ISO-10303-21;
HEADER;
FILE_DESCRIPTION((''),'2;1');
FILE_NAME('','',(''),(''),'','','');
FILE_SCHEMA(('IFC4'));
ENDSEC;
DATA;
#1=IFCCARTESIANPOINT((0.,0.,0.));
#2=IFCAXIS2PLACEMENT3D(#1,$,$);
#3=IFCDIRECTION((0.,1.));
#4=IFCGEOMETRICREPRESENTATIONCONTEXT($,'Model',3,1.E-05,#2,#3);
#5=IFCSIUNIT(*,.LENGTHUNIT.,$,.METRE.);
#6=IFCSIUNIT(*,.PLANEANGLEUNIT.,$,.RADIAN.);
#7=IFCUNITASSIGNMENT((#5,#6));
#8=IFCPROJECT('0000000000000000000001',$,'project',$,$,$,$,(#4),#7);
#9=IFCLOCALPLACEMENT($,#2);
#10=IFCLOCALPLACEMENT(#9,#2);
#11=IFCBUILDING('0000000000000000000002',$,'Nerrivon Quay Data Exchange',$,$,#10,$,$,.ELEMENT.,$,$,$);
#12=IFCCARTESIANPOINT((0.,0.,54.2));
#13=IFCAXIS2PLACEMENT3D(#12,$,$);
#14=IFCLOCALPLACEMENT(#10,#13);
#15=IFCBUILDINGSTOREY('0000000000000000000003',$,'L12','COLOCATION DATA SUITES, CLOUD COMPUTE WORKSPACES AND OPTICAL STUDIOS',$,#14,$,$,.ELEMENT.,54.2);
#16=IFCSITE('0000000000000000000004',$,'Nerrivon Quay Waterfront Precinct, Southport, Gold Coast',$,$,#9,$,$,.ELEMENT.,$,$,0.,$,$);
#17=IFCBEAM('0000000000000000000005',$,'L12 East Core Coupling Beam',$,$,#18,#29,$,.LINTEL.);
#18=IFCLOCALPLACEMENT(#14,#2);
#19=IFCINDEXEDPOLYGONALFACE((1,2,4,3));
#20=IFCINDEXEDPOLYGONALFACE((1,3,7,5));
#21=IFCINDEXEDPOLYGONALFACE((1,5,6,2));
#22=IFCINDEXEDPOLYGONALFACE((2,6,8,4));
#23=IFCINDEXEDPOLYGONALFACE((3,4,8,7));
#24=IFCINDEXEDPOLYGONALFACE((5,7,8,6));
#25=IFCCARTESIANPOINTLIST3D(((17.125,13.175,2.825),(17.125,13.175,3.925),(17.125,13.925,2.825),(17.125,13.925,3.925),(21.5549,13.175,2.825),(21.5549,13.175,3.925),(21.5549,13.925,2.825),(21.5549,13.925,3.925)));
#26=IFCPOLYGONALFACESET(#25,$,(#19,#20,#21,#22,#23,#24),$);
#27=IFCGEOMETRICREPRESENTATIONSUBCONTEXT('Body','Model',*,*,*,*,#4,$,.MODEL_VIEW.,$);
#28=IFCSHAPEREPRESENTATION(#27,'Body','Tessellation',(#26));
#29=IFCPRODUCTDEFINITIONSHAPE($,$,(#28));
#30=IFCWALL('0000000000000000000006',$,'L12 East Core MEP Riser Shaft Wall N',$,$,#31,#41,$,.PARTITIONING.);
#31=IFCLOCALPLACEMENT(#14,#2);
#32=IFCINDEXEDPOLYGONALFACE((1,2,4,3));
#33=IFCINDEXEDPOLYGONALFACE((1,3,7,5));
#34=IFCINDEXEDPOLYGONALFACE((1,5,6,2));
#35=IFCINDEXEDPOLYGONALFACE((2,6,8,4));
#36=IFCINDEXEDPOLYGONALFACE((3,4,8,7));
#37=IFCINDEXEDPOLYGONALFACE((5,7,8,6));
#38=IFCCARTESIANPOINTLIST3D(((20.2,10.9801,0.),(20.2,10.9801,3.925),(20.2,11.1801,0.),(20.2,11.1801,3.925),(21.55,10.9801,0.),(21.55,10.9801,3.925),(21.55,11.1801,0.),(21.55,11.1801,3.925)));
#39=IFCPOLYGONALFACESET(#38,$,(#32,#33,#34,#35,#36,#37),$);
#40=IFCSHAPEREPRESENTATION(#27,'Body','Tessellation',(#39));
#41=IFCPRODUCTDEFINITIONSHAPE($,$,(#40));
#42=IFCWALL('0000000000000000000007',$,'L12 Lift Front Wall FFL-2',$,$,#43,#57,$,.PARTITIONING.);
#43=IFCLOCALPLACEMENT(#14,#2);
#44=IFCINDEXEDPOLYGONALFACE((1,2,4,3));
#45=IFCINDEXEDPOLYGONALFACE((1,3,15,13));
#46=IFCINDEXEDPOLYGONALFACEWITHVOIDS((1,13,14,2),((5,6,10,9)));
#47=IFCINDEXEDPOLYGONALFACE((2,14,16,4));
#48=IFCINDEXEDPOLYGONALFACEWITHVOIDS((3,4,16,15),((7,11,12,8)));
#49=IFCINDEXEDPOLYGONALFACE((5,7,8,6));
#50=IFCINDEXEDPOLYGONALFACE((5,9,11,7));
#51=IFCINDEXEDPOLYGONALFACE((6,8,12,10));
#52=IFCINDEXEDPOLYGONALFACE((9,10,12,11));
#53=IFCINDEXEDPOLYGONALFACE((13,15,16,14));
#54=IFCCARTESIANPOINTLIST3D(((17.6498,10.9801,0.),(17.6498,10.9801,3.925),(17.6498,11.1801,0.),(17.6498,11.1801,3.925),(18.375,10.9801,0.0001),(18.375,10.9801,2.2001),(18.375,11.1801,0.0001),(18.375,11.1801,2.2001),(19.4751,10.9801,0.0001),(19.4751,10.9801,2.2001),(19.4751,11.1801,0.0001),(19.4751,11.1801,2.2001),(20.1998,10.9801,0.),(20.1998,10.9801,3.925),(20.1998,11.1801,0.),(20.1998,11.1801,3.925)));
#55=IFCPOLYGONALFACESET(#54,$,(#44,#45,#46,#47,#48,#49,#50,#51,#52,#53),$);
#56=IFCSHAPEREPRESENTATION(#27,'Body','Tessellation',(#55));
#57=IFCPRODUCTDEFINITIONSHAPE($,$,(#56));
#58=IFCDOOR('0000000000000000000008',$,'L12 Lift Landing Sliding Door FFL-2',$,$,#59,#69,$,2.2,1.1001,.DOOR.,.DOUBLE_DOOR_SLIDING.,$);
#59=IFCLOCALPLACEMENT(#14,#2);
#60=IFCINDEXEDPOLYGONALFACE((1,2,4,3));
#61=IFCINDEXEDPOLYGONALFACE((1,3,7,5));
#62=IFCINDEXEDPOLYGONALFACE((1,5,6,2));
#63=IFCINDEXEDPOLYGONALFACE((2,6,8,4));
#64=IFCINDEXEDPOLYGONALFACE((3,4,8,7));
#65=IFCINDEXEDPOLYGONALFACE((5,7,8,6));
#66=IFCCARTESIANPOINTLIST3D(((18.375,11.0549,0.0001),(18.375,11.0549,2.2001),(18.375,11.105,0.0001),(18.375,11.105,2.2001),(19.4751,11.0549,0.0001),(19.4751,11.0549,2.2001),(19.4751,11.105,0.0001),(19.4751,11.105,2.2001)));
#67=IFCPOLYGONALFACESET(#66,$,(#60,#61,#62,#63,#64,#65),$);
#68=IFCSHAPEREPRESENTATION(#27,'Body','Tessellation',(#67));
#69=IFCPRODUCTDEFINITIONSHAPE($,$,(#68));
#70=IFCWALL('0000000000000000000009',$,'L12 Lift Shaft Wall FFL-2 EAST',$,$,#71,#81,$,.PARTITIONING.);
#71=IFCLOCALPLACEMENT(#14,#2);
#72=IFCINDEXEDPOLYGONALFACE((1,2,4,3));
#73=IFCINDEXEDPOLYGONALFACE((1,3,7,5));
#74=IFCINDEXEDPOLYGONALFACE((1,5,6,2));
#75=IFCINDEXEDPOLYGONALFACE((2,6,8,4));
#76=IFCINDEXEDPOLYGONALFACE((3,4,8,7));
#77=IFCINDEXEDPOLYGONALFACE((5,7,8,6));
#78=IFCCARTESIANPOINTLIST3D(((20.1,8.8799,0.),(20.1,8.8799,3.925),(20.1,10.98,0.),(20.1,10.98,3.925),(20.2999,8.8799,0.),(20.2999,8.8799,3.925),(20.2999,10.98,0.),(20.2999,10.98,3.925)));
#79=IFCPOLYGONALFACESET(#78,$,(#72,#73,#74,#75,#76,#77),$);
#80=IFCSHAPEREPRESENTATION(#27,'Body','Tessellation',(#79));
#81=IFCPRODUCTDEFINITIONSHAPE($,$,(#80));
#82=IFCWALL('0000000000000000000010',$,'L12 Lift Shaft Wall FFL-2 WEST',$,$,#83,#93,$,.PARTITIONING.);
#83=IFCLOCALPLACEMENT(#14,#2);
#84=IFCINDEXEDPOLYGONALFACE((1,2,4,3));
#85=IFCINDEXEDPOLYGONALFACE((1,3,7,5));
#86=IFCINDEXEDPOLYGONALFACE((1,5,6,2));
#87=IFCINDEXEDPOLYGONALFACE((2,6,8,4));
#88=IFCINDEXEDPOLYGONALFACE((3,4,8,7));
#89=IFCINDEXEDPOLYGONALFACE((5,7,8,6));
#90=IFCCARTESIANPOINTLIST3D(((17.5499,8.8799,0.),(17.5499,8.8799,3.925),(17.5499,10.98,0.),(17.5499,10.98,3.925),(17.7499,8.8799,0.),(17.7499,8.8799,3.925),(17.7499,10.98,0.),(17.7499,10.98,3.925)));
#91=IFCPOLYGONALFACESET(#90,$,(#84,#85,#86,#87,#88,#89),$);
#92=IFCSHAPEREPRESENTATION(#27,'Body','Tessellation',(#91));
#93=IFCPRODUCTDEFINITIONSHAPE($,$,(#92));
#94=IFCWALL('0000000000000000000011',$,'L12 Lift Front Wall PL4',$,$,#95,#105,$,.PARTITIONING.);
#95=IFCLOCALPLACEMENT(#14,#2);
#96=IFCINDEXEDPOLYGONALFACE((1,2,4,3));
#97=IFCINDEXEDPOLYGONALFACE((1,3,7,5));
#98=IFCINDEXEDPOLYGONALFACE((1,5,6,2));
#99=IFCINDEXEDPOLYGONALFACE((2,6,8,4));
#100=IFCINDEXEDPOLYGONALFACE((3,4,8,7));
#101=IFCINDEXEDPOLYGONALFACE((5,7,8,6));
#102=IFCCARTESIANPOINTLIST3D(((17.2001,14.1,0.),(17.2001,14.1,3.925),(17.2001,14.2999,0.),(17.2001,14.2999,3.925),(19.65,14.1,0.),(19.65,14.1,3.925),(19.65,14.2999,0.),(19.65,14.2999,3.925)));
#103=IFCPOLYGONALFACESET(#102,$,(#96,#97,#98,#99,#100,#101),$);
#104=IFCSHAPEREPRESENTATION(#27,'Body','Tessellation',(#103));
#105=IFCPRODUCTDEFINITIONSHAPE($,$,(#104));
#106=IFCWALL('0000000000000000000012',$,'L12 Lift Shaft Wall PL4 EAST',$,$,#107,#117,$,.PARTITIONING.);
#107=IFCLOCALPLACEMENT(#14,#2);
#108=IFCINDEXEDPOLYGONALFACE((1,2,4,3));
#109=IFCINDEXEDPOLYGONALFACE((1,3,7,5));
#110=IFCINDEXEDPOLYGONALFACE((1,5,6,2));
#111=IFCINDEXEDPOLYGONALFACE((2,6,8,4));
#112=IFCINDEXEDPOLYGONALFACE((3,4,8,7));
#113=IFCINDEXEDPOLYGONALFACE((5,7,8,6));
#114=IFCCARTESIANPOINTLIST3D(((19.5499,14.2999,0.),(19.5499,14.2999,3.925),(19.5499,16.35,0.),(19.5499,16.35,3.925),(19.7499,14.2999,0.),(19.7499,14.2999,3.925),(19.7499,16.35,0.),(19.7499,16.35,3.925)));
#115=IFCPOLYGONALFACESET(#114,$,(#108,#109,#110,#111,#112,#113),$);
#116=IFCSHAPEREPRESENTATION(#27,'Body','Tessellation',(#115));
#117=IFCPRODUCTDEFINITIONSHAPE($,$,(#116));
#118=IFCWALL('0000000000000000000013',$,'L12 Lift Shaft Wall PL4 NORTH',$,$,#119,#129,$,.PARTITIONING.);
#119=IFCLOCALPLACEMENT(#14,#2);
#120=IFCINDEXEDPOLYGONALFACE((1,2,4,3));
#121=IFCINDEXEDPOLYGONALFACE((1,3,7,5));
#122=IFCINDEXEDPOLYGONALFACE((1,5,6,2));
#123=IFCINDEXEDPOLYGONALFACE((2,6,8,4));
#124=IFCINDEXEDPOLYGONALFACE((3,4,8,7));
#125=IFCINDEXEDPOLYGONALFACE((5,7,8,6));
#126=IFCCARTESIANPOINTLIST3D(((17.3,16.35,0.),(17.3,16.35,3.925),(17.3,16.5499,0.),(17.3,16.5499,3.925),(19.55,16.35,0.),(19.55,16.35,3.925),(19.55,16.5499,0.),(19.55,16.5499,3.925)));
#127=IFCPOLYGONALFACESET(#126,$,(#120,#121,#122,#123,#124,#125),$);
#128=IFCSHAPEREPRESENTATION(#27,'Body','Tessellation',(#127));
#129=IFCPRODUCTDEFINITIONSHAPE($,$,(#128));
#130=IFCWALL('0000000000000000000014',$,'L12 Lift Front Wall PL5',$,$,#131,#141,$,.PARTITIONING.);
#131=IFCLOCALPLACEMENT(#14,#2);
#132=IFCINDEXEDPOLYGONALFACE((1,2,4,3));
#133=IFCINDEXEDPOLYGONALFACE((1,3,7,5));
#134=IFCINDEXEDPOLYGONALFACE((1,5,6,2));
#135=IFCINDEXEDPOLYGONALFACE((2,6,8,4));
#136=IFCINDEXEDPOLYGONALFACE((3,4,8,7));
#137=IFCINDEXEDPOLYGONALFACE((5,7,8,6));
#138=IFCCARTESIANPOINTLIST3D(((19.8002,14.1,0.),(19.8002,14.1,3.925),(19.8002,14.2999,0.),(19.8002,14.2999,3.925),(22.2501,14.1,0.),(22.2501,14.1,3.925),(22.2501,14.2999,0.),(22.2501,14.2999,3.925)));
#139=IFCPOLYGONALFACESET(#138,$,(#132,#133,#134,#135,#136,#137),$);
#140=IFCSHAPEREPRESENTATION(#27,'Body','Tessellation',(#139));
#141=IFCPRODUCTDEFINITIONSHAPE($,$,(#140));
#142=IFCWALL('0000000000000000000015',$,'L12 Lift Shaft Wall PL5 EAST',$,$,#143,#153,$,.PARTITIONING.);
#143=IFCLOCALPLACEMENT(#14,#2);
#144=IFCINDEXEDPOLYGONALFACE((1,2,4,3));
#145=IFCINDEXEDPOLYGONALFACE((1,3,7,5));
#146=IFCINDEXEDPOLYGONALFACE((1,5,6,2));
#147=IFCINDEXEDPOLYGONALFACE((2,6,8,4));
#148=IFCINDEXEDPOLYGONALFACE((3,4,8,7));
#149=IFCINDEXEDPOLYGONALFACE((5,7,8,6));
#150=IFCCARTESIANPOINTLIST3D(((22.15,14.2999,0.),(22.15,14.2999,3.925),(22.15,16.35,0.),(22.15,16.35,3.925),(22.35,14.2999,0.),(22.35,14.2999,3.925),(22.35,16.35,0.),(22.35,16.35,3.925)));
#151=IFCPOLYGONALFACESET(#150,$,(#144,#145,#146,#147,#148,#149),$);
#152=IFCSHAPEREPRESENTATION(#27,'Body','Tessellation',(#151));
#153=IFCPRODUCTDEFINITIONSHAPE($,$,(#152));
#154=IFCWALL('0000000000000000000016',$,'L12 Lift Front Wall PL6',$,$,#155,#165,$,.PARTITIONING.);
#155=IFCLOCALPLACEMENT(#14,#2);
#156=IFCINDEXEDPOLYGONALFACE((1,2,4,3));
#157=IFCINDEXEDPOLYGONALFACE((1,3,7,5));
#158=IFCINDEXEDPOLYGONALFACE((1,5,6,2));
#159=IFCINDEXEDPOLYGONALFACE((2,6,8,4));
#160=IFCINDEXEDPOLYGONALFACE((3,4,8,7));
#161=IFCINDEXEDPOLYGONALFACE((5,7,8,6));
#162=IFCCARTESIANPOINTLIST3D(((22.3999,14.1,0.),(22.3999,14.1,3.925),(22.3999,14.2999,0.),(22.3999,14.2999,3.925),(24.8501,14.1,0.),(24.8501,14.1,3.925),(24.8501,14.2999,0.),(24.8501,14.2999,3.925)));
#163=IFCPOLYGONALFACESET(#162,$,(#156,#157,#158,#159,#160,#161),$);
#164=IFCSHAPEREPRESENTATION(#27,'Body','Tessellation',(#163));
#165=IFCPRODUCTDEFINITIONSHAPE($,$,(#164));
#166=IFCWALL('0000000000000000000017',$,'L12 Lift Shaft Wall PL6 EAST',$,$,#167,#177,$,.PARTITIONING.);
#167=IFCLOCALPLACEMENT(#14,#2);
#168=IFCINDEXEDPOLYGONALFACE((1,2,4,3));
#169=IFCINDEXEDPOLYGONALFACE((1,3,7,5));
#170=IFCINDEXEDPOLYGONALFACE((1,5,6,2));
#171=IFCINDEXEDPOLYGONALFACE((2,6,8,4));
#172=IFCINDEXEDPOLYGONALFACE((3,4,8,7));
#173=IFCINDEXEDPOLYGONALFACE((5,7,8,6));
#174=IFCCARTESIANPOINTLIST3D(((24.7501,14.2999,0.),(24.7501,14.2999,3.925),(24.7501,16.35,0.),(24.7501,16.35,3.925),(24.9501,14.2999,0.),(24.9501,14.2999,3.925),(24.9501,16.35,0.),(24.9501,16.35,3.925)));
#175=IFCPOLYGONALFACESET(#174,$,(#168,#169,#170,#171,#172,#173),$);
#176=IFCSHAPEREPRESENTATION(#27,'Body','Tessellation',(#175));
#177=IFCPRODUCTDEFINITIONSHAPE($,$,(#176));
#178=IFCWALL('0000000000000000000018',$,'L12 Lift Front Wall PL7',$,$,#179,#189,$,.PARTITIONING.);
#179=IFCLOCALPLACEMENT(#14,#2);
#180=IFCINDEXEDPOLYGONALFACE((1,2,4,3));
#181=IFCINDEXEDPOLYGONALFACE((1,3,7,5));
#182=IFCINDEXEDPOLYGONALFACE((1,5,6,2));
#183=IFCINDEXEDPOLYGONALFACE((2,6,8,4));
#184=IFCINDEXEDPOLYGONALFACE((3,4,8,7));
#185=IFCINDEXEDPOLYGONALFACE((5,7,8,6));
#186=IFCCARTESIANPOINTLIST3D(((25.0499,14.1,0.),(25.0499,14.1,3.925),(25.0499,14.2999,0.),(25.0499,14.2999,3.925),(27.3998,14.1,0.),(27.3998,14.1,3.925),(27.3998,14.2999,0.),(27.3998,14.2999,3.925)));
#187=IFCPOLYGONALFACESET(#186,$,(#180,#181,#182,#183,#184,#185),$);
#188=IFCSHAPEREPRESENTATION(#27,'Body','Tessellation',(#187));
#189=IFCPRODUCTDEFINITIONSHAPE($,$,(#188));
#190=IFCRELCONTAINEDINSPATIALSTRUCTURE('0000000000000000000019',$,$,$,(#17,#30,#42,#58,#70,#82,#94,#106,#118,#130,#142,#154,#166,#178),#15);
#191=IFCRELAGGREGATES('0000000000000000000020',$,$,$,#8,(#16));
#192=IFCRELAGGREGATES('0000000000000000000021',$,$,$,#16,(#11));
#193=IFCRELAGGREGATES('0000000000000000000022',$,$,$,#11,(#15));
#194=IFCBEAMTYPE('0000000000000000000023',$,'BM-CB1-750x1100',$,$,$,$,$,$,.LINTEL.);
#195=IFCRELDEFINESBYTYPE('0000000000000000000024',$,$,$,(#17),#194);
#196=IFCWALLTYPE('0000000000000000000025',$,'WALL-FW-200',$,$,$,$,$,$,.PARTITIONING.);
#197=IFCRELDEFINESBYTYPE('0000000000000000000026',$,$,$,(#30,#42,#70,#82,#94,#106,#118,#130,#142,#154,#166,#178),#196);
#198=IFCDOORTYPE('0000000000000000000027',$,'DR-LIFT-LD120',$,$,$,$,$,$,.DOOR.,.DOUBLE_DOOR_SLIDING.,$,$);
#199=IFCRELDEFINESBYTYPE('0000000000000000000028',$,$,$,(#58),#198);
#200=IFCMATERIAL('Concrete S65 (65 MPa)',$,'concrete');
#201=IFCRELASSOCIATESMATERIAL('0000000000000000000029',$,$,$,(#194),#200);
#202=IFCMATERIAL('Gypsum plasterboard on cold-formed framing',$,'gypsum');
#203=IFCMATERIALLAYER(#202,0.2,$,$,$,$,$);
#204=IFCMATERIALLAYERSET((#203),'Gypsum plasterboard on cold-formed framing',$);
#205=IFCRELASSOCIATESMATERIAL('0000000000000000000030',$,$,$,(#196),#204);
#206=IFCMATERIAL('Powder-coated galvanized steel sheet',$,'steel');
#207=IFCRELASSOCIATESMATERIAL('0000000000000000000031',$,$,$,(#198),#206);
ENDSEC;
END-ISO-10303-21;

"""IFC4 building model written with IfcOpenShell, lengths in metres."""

from ifc_helpers import new_model, si_unit, direction, frame, frame_2d, origin, origin_2d, place, context, subcontext, project, spatial, rectangle, extrude, material, layer, layer_set, material_profile, profile_set, type_object, element, fill, save


model = new_model("IFC4")

# Units and contexts
model_context = context("Model", 3, precision=1e-05, world=origin(), true_north=direction((0.0, 1.0)))
body_context = subcontext(model_context, "Body", "Model", "MODEL_VIEW")
ifc_project = project(units=[si_unit("LENGTHUNIT", "METRE"), si_unit("PLANEANGLEUNIT", "RADIAN")], contexts=[model_context])

# Site, building, storey
site_placement = place(None, origin())
site = spatial("IfcSite", under=ifc_project, at=site_placement, Name="Nerrivon Quay Waterfront Precinct, Southport, Gold Coast", CompositionType="ELEMENT", RefElevation=0.0)
building_placement = place(site_placement, origin())
building = spatial("IfcBuilding", under=site, at=building_placement, Name="Nerrivon Quay Data Exchange", CompositionType="ELEMENT")
storey_placement = place(building_placement, frame((0.0, 0.0, 54.2)))
storey = spatial("IfcBuildingStorey", under=building, at=storey_placement, Name="L12", Description="COLOCATION DATA SUITES, CLOUD COMPUTE WORKSPACES AND OPTICAL STUDIOS", CompositionType="ELEMENT", Elevation=54.2)

# Beam
ifc_material_1 = material(Name="Concrete S65 (65 MPa)", Category="concrete")
ifc_material_profile = material_profile(ifc_material_1, rectangle(XDim=0.75, YDim=1.1001, at=origin_2d()), Name="RC-CB-750x1100")
ifc_profile_set = profile_set([ifc_material_profile], Name="Concrete S65 (65 MPa)")
beam_type = type_object("IfcBeamType", Name="BM-CB1-750x1100", PredefinedType="LINTEL", material=ifc_profile_set)
beam_placement = place(storey_placement, frame((17.125, 13.55, 3.375), z_axis=(1.0, 0.0, 0.0), x_axis=(0.0, 1.0, 0.0)))
element("IfcBeam", 1, at=beam_placement, inside=storey, type_object=beam_type, Name="L12 East Core Coupling Beam", PredefinedType="LINTEL", context=body_context, shape_type="SweptSolid", body=[
    extrude(rectangle(XDim=0.75, YDim=1.1001, at=origin_2d()), origin(), (0.0, 0.0, 1.0), 4.4299),
])

# Shared definitions
ifc_material_2 = material(Name="Powder-coated galvanized steel sheet", Category="steel")

# Wall
ifc_material_3 = material(Name="Gypsum plasterboard on cold-formed framing", Category="gypsum")
ifc_layer_1 = layer(ifc_material_3, 0.2)
ifc_layer_set_1 = layer_set([ifc_layer_1], Name="Gypsum plasterboard on cold-formed framing")
wall_type_1 = type_object("IfcWallType", Name="WALL-FW-200", PredefinedType="PARTITIONING", material=ifc_layer_set_1)
wall_1_placement = place(storey_placement, frame((20.2, 11.0801, 0.0), z_axis=(0.0, 0.0, 1.0), x_axis=(1.0, 0.0, 0.0)))
element("IfcWall", 2, at=wall_1_placement, inside=storey, type_object=wall_type_1, Name="L12 East Core MEP Riser Shaft Wall N", PredefinedType="PARTITIONING", context=body_context, shape_type="SweptSolid", body=[
    extrude(rectangle(XDim=1.3501, YDim=0.2, at=frame_2d((0.675, 0.0))), origin(), (0.0, 0.0, 1.0), 3.925),
])

# Wall, opening, door
wall_2_placement = place(storey_placement, frame((17.6499, 11.0801, 0.0), z_axis=(0.0, 0.0, 1.0), x_axis=(1.0, 0.0, 0.0)))
wall_2 = element("IfcWall", 3, at=wall_2_placement, inside=storey, type_object=wall_type_1, Name="L12 Lift Front Wall FFL-2", PredefinedType="PARTITIONING", context=body_context, shape_type="SweptSolid", body=[
    extrude(rectangle(XDim=2.55, YDim=0.2, at=frame_2d((1.2749, 0.0))), origin(), (0.0, 0.0, 1.0), 3.925),
])
opening_1_placement = place(wall_2_placement, frame((0.7251, 0.0, 0.0)))
opening_1 = element("IfcOpeningElement", 4, at=opening_1_placement, cuts=wall_2, PredefinedType="OPENING", context=body_context, shape_type="SweptSolid", body=[
    extrude(rectangle(XDim=1.1001, YDim=2.2, at=frame_2d((0.55, 1.1001))), frame((0.0, 0.1099, 0.0), z_axis=(0.0, -1.0, 0.0), x_axis=(1.0, 0.0, 0.0)), (0.0, 0.0, 1.0), 0.22),
])
door_type_1 = type_object("IfcDoorType", Name="DR-LIFT-LD120", OperationType="DOUBLE_DOOR_SLIDING", PredefinedType="DOOR", material=ifc_material_2)
door_1_placement = place(opening_1_placement, origin())
door_1 = element("IfcDoor", 5, at=door_1_placement, inside=storey, type_object=door_type_1, Name="L12 Lift Landing Sliding Door FFL-2", OperationType="DOUBLE_DOOR_SLIDING", OverallHeight=2.2, OverallWidth=1.1001, PredefinedType="DOOR", context=body_context, shape_type="SweptSolid", body=[
    extrude(rectangle(XDim=1.1001, YDim=2.2, at=frame_2d((0.55, 1.1001))), frame((0.0, 0.0249, 0.0), z_axis=(0.0, -1.0, 0.0), x_axis=(1.0, 0.0, 0.0)), (0.0, 0.0, 1.0), 0.05),
])
fill(opening_1, door_1)

# Walls
for number, where, z_axis, x_axis, name in (
    (6, (20.2, 8.8799, 0.0), (0.0, 0.0, 1.0), (0.0, 1.0, 0.0), "L12 Lift Shaft Wall FFL-2 EAST"),
    (7, (17.6499, 8.8799, 0.0), (0.0, 0.0, 1.0), (0.0, 1.0, 0.0), "L12 Lift Shaft Wall FFL-2 WEST"),
):
    element("IfcWall", number, at=place(storey_placement, frame(where, z_axis=z_axis, x_axis=x_axis)), inside=storey, type_object=wall_type_1, Name=name, PredefinedType="PARTITIONING", context=body_context, shape_type="SweptSolid", body=[
        extrude(rectangle(XDim=2.1001, YDim=0.2, at=frame_2d((1.05, 0.0))), origin(), (0.0, 0.0, 1.0), 3.925),
    ])
wall_3_placement = place(storey_placement, frame((17.2, 14.2, 0.0), z_axis=(0.0, 0.0, 1.0), x_axis=(1.0, 0.0, 0.0)))
element("IfcWall", 8, at=wall_3_placement, inside=storey, type_object=wall_type_1, Name="L12 Lift Front Wall PL4", PredefinedType="PARTITIONING", context=body_context, shape_type="SweptSolid", body=[
    extrude(rectangle(XDim=2.45, YDim=0.2, at=frame_2d((1.2251, 0.0))), origin(), (0.0, 0.0, 1.0), 3.925),
])
wall_4_placement = place(storey_placement, frame((19.6499, 14.3, 0.0), z_axis=(0.0, 0.0, 1.0), x_axis=(0.0, 1.0, 0.0)))
element("IfcWall", 9, at=wall_4_placement, inside=storey, type_object=wall_type_1, Name="L12 Lift Shaft Wall PL4 EAST", PredefinedType="PARTITIONING", context=body_context, shape_type="SweptSolid", body=[
    extrude(rectangle(XDim=2.05, YDim=0.2, at=frame_2d((1.0249, 0.0))), origin(), (0.0, 0.0, 1.0), 3.925),
])
wall_5_placement = place(storey_placement, frame((17.3, 16.45, 0.0), z_axis=(0.0, 0.0, 1.0), x_axis=(1.0, 0.0, 0.0)))
element("IfcWall", 10, at=wall_5_placement, inside=storey, type_object=wall_type_1, Name="L12 Lift Shaft Wall PL4 NORTH", PredefinedType="PARTITIONING", context=body_context, shape_type="SweptSolid", body=[
    extrude(rectangle(XDim=2.25, YDim=0.2, at=frame_2d((1.125, 0.0))), origin(), (0.0, 0.0, 1.0), 3.925),
])
wall_6_placement = place(storey_placement, frame((19.8, 14.2, 0.0), z_axis=(0.0, 0.0, 1.0), x_axis=(1.0, 0.0, 0.0)))
element("IfcWall", 11, at=wall_6_placement, inside=storey, type_object=wall_type_1, Name="L12 Lift Front Wall PL5", PredefinedType="PARTITIONING", context=body_context, shape_type="SweptSolid", body=[
    extrude(rectangle(XDim=2.45, YDim=0.2, at=frame_2d((1.2251, 0.0))), origin(), (0.0, 0.0, 1.0), 3.925),
])
wall_7_placement = place(storey_placement, frame((22.25, 14.3, 0.0), z_axis=(0.0, 0.0, 1.0), x_axis=(0.0, 1.0, 0.0)))
element("IfcWall", 12, at=wall_7_placement, inside=storey, type_object=wall_type_1, Name="L12 Lift Shaft Wall PL5 EAST", PredefinedType="PARTITIONING", context=body_context, shape_type="SweptSolid", body=[
    extrude(rectangle(XDim=2.05, YDim=0.2, at=frame_2d((1.0249, 0.0))), origin(), (0.0, 0.0, 1.0), 3.925),
])
wall_8_placement = place(storey_placement, frame((22.3999, 14.2, 0.0), z_axis=(0.0, 0.0, 1.0), x_axis=(1.0, 0.0, 0.0)))
element("IfcWall", 13, at=wall_8_placement, inside=storey, type_object=wall_type_1, Name="L12 Lift Front Wall PL6", PredefinedType="PARTITIONING", context=body_context, shape_type="SweptSolid", body=[
    extrude(rectangle(XDim=2.4502, YDim=0.2, at=frame_2d((1.2251, 0.0))), origin(), (0.0, 0.0, 1.0), 3.925),
])
wall_9_placement = place(storey_placement, frame((24.8501, 14.3, 0.0), z_axis=(0.0, 0.0, 1.0), x_axis=(0.0, 1.0, 0.0)))
element("IfcWall", 14, at=wall_9_placement, inside=storey, type_object=wall_type_1, Name="L12 Lift Shaft Wall PL6 EAST", PredefinedType="PARTITIONING", context=body_context, shape_type="SweptSolid", body=[
    extrude(rectangle(XDim=2.05, YDim=0.2, at=frame_2d((1.0249, 0.0))), origin(), (0.0, 0.0, 1.0), 3.925),
])
wall_10_placement = place(storey_placement, frame((25.05, 14.2, 0.0), z_axis=(0.0, 0.0, 1.0), x_axis=(1.0, 0.0, 0.0)))
element("IfcWall", 15, at=wall_10_placement, inside=storey, type_object=wall_type_1, Name="L12 Lift Front Wall PL7", PredefinedType="PARTITIONING", context=body_context, shape_type="SweptSolid", body=[
    extrude(rectangle(XDim=2.3499, YDim=0.2, at=frame_2d((1.1748, 0.0))), origin(), (0.0, 0.0, 1.0), 3.925),
])

save(model, "model.ifc")
